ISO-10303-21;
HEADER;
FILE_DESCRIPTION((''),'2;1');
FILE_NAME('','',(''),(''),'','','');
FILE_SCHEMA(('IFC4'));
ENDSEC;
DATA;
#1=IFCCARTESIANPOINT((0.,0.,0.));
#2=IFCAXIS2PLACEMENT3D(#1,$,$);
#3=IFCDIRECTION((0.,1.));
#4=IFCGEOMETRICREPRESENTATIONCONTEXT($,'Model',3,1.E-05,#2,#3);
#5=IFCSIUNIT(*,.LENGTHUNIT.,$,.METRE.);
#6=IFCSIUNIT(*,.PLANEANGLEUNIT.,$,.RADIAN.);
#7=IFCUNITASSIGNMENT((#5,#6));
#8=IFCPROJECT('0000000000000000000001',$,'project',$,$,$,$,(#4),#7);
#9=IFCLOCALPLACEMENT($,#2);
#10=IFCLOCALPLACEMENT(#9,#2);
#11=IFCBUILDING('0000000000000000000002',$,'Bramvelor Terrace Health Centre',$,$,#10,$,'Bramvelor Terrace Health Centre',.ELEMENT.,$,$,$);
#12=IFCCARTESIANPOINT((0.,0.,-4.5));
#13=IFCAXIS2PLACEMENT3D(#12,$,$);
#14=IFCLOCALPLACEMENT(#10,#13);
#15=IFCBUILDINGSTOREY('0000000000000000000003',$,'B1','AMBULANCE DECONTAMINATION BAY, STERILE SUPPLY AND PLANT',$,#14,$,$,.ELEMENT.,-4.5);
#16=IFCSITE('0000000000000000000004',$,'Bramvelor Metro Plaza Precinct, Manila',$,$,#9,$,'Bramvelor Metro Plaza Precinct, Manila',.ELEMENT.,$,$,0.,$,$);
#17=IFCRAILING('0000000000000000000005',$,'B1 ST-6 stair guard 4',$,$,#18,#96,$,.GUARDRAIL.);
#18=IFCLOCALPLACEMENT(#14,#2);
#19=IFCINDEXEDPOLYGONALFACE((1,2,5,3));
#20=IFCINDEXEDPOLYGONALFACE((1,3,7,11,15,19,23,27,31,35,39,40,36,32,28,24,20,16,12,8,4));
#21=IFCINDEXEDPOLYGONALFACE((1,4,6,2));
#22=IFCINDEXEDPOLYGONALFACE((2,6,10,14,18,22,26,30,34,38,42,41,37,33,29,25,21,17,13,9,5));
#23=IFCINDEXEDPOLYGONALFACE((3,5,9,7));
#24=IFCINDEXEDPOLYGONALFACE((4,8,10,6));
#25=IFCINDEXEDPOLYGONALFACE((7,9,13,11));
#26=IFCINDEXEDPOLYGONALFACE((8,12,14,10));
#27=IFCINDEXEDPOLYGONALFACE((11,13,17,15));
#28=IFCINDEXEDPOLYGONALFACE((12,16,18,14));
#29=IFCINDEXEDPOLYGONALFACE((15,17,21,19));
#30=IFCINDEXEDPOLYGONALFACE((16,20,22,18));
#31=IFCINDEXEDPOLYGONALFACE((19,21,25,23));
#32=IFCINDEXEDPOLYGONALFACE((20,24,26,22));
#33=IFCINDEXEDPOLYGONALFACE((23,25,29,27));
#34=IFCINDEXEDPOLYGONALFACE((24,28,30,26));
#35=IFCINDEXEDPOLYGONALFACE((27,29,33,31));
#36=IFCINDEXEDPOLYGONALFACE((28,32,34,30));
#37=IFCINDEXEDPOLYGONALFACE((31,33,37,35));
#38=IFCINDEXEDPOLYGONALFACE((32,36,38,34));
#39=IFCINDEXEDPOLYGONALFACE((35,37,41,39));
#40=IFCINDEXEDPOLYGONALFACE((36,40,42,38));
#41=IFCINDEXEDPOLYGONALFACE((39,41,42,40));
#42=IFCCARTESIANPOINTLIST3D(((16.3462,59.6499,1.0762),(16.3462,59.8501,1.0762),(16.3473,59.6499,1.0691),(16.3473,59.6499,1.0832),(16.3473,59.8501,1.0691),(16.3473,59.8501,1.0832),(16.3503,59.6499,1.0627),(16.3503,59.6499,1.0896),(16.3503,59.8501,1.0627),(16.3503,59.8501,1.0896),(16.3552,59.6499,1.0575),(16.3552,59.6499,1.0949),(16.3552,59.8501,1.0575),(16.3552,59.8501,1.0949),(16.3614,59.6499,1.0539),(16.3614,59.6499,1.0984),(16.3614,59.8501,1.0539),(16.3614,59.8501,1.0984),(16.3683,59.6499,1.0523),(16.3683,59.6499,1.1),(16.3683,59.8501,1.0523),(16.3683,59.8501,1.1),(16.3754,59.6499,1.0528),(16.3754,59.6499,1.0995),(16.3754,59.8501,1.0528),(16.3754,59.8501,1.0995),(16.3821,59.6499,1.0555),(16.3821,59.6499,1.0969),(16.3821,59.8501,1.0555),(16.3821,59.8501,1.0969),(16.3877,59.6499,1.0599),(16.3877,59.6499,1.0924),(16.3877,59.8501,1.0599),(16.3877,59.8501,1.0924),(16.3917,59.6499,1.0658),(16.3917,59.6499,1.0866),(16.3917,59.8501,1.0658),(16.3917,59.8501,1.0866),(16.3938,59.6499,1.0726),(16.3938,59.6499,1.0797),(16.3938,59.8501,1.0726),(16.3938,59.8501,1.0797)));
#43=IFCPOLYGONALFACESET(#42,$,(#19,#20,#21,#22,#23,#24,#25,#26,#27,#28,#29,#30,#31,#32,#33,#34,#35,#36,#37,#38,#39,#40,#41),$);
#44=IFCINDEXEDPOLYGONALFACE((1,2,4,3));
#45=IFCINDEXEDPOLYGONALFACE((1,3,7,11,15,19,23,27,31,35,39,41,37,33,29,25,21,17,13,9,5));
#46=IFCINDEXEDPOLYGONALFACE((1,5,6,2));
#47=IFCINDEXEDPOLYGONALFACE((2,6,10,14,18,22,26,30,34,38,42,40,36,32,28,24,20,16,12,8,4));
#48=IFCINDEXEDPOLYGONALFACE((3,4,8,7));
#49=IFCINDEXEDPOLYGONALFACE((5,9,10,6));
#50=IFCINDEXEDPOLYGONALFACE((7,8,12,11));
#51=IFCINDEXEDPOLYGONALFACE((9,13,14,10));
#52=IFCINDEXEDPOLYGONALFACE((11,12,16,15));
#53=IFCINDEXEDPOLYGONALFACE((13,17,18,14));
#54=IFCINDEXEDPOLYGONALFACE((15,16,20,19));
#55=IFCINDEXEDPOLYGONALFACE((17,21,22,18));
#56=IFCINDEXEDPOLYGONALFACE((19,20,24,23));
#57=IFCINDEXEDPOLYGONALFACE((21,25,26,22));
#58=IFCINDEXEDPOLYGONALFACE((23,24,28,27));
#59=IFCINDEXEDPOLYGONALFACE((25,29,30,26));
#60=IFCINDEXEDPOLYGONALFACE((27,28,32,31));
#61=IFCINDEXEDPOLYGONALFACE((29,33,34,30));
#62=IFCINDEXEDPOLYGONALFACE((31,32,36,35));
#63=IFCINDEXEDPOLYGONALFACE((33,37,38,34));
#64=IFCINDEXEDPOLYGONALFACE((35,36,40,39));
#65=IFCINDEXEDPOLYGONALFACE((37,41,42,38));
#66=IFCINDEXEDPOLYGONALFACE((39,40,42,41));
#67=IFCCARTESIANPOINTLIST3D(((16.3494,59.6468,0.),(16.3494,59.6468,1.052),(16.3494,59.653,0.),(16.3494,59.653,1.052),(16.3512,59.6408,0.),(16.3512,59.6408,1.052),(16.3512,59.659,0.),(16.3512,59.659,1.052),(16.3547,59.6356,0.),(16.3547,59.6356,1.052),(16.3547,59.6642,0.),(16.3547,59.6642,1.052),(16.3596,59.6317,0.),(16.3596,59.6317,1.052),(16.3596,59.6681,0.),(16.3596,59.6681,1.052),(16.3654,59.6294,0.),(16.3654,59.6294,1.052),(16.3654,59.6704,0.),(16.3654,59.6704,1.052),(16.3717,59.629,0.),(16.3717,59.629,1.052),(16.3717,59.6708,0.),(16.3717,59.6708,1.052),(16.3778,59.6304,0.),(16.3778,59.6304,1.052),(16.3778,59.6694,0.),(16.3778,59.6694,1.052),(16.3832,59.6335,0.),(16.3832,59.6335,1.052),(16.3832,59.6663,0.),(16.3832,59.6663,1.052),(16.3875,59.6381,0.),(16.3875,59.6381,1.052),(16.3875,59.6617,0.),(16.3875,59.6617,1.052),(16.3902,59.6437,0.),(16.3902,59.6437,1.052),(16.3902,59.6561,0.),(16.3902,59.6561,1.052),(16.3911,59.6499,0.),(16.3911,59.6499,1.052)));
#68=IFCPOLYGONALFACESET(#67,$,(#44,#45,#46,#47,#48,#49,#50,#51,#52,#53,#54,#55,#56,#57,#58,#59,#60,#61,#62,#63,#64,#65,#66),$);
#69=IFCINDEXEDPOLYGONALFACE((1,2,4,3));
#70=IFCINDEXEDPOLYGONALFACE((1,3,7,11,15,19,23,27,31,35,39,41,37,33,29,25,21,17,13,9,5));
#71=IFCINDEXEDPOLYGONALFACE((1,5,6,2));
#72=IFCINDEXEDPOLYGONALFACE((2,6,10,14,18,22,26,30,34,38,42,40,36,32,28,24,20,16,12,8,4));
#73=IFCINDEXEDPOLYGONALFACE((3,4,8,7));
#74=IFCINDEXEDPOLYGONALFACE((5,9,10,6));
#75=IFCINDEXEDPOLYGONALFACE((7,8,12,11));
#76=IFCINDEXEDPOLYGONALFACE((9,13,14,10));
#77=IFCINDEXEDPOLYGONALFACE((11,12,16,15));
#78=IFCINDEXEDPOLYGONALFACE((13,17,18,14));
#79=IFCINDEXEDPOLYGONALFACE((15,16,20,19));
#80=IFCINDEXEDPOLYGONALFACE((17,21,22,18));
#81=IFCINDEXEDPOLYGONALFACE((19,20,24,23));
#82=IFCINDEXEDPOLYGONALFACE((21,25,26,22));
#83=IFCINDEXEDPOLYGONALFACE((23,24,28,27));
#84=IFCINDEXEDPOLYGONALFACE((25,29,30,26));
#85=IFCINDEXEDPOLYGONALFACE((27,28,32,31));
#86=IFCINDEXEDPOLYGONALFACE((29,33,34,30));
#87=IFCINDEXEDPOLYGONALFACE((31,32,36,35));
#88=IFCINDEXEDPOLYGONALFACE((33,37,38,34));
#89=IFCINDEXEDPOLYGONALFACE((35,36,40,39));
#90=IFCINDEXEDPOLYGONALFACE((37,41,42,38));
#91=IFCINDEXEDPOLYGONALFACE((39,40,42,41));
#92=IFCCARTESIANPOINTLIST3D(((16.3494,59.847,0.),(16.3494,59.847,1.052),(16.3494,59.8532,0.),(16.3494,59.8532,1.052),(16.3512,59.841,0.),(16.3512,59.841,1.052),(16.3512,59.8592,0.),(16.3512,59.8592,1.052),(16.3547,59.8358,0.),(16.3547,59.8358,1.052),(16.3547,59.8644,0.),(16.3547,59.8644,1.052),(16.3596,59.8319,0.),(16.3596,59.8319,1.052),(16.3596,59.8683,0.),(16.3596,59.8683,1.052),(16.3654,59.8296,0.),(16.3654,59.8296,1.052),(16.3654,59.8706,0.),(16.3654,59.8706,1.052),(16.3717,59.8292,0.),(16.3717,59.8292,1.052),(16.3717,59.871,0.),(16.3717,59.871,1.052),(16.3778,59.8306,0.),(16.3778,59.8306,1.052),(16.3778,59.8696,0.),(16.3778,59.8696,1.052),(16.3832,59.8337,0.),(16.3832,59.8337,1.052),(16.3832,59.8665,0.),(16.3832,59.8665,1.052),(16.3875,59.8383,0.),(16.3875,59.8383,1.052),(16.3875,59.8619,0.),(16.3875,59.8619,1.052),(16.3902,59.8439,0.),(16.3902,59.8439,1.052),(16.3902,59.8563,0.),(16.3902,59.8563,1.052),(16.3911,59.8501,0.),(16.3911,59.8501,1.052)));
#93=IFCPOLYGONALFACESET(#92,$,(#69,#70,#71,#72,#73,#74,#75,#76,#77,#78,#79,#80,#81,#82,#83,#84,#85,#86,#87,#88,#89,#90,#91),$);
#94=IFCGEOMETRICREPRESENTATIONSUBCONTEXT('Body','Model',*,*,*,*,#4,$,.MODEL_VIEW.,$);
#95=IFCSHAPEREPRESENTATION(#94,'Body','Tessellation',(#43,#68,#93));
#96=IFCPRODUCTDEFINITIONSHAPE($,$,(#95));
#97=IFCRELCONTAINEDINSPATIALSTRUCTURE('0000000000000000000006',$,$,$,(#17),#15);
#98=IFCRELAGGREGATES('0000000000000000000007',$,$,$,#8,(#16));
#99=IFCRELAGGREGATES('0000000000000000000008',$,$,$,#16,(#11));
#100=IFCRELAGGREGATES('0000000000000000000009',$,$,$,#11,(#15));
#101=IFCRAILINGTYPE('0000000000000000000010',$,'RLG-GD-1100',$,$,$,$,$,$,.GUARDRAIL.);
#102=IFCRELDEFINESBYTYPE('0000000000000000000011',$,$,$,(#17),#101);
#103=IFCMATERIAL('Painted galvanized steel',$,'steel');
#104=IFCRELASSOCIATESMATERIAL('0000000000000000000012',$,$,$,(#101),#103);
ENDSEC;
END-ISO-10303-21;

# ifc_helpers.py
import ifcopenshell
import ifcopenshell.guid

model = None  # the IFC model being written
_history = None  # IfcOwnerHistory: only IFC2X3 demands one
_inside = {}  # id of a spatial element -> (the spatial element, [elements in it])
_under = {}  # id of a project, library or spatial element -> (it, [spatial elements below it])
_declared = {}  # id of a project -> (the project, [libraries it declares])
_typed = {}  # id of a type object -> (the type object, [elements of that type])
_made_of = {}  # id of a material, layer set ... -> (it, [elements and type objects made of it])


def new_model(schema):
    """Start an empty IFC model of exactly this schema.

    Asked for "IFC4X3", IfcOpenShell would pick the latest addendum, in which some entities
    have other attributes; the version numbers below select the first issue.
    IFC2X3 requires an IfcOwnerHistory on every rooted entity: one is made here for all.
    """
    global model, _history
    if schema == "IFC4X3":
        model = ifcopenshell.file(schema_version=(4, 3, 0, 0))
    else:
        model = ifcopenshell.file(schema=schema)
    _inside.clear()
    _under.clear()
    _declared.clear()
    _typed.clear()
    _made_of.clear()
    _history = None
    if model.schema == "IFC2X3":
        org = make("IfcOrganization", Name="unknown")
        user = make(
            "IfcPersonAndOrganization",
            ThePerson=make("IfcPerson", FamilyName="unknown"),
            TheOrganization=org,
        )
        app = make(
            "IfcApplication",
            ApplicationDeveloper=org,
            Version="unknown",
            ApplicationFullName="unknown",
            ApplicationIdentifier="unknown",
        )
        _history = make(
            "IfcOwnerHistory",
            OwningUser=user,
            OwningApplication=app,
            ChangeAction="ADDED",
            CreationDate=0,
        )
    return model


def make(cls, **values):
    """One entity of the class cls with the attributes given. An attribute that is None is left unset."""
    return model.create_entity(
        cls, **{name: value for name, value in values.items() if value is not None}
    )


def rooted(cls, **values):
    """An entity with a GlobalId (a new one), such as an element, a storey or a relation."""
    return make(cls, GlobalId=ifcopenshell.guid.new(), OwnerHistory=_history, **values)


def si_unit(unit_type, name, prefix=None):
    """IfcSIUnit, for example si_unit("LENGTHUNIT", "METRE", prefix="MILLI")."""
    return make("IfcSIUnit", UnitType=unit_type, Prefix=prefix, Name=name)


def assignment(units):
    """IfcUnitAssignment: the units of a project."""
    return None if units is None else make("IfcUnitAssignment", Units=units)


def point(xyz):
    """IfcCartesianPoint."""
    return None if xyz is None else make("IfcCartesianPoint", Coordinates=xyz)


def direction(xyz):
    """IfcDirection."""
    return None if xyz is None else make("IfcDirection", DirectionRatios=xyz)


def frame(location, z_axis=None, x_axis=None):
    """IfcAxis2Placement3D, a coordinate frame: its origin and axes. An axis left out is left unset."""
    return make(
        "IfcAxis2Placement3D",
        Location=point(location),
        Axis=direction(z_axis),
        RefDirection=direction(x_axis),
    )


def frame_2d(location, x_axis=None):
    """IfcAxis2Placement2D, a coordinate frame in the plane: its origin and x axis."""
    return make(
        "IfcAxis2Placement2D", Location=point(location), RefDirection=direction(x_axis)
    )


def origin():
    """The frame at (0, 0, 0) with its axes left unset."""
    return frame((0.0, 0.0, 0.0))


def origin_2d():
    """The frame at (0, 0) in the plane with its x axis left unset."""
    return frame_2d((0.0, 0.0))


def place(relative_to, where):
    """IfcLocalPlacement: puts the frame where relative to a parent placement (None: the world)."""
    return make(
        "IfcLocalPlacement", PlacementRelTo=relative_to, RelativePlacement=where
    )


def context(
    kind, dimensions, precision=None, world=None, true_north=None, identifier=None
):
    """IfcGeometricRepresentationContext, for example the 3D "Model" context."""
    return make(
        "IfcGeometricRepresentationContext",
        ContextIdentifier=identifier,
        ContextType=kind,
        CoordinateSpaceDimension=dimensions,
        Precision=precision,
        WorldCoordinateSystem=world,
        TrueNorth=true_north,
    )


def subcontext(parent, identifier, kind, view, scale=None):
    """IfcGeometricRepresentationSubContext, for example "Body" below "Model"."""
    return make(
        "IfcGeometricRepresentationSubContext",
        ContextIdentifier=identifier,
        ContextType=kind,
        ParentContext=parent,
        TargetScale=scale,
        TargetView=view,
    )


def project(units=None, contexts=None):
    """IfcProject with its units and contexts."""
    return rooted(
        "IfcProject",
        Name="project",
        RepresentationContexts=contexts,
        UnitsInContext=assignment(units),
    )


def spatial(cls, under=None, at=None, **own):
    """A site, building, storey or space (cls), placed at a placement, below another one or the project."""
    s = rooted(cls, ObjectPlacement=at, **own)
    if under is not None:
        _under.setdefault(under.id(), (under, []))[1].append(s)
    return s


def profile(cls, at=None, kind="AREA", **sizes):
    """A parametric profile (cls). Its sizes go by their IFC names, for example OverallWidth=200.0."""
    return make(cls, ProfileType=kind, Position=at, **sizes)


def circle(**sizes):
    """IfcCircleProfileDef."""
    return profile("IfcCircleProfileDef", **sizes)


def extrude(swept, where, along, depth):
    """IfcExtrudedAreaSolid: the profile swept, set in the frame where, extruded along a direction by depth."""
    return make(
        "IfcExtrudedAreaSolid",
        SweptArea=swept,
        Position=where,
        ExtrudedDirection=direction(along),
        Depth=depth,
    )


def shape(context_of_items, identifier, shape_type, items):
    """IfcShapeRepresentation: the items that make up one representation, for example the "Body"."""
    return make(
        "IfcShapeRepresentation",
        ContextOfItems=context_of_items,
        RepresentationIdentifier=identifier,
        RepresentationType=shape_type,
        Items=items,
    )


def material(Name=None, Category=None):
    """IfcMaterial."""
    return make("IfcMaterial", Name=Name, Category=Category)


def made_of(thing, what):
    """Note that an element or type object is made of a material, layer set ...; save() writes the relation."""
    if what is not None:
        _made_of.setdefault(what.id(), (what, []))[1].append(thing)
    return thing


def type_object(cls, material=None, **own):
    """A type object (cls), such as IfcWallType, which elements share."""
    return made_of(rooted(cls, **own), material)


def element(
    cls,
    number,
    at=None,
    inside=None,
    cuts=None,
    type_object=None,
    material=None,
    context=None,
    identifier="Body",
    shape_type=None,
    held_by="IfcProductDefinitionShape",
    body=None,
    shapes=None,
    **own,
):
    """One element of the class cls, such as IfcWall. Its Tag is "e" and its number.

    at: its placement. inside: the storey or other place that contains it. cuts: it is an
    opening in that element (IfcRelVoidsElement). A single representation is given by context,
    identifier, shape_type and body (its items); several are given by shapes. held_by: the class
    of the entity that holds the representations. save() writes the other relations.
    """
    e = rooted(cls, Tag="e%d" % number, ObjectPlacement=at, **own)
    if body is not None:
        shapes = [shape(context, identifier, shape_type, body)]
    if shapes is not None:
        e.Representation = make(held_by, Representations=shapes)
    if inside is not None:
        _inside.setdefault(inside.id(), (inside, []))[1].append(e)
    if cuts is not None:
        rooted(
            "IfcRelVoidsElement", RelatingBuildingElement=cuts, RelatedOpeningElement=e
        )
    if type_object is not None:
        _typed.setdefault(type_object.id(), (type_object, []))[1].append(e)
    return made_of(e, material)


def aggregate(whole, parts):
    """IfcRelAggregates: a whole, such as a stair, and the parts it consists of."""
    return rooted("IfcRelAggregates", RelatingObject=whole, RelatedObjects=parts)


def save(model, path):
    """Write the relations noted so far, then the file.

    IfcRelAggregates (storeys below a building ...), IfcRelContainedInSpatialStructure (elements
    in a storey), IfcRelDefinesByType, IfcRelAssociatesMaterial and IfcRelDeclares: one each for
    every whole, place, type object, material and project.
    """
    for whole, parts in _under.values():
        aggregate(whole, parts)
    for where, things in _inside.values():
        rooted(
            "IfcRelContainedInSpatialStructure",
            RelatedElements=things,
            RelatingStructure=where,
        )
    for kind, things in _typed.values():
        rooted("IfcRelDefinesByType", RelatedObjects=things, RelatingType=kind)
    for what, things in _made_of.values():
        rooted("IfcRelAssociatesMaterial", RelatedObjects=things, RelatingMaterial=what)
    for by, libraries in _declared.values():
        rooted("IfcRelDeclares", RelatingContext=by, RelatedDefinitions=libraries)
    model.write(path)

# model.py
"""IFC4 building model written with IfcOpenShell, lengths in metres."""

from ifc_helpers import new_model, si_unit, direction, frame, origin, origin_2d, place, context, subcontext, project, spatial, circle, extrude, material, type_object, element, save


model = new_model("IFC4")

# Units and contexts
model_context = context("Model", 3, precision=1e-05, world=origin(), true_north=direction((0.0, 1.0)))
body_context = subcontext(model_context, "Body", "Model", "MODEL_VIEW")
ifc_project = project(units=[si_unit("LENGTHUNIT", "METRE"), si_unit("PLANEANGLEUNIT", "RADIAN")], contexts=[model_context])

# Site, building, storey
site_placement = place(None, origin())
site = spatial("IfcSite", under=ifc_project, at=site_placement, Name="Bramvelor Metro Plaza Precinct, Manila", LongName="Bramvelor Metro Plaza Precinct, Manila", CompositionType="ELEMENT", RefElevation=0.0)
building_placement = place(site_placement, origin())
building = spatial("IfcBuilding", under=site, at=building_placement, Name="Bramvelor Terrace Health Centre", LongName="Bramvelor Terrace Health Centre", CompositionType="ELEMENT")
storey_placement = place(building_placement, frame((0.0, 0.0, -4.5)))
storey = spatial("IfcBuildingStorey", under=building, at=storey_placement, Name="B1", Description="AMBULANCE DECONTAMINATION BAY, STERILE SUPPLY AND PLANT", CompositionType="ELEMENT", Elevation=-4.5)

# Railing
ifc_material_1 = material(Name="Painted galvanized steel", Category="steel")
railing_type_1 = type_object("IfcRailingType", Name="RLG-GD-1100", PredefinedType="GUARDRAIL", material=ifc_material_1)
railing_1_placement = place(storey_placement, frame((16.3701, 59.6499, 0.0)))
element("IfcRailing", 1, at=railing_1_placement, inside=storey, type_object=railing_type_1, Name="B1 ST-6 stair guard 4", PredefinedType="GUARDRAIL", context=body_context, shape_type="SweptSolid", body=[
    extrude(circle(Radius=0.0239, at=origin_2d()), frame((0.0, 0.0, 1.0762), z_axis=(0.0, 1.0, 0.0), x_axis=(-1.0, 0.0, 0.0)), (0.0, 0.0, 1.0), 0.2002),
    extrude(circle(Radius=0.021, at=origin_2d()), origin(), (0.0, 0.0, 1.0), 1.052),
    extrude(circle(Radius=0.021, at=origin_2d()), frame((0.0, 0.2002, 0.0)), (0.0, 0.0, 1.0), 1.052),
])

save(model, "model.ifc")
